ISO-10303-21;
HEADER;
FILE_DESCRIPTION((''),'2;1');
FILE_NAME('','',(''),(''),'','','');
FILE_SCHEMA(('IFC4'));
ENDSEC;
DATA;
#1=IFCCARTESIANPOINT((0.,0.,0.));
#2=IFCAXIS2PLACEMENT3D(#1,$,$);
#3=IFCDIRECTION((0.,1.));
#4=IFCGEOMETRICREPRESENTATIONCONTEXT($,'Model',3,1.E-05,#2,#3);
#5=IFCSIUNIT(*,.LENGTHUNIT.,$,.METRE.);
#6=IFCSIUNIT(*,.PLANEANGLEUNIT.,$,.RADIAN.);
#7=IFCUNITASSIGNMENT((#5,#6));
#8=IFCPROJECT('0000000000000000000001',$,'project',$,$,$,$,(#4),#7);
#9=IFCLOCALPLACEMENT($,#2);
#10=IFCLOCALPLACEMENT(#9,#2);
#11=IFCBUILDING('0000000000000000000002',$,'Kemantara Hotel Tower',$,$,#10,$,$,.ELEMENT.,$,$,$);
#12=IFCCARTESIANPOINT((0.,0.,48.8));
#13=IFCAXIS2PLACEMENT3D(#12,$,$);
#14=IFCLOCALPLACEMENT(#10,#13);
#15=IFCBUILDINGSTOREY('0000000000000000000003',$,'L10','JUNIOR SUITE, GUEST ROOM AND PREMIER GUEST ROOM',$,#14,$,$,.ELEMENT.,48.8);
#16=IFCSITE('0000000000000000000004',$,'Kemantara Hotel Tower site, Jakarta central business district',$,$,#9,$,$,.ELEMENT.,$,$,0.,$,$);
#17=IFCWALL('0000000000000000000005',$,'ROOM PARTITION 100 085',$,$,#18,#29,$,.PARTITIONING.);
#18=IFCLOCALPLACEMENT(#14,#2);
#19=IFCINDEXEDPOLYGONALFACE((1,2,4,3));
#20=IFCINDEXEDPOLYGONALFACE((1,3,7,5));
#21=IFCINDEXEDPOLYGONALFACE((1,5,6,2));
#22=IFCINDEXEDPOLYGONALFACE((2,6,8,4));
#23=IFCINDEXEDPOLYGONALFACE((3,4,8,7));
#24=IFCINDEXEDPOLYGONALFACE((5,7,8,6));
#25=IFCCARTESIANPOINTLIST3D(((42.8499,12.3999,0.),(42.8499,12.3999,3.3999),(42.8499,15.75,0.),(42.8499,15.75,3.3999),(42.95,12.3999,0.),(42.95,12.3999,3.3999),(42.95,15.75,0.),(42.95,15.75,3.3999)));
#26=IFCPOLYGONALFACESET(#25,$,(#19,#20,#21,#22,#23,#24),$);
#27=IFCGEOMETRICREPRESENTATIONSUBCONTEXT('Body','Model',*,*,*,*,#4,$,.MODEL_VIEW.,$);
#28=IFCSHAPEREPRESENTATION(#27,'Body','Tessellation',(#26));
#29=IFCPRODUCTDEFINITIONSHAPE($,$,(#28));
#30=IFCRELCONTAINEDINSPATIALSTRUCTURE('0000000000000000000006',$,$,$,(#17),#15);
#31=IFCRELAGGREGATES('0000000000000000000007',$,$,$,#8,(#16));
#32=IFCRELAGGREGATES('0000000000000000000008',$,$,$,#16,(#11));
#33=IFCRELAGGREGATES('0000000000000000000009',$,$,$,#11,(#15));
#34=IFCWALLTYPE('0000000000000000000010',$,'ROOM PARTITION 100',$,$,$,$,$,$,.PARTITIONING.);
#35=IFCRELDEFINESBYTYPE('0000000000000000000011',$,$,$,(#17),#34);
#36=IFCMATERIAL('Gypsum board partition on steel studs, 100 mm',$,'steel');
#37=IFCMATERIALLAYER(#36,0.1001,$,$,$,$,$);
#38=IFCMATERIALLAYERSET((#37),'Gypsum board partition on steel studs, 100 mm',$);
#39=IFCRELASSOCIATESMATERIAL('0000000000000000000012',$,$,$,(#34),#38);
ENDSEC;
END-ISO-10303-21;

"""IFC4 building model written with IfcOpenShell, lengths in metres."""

from ifc_helpers import new_model, si_unit, direction, frame, frame_2d, origin, place, context, subcontext, project, spatial, rectangle, extrude, material, layer, layer_set, type_object, element, save


model = new_model("IFC4")

# Units and contexts
model_context = context("Model", 3, precision=1e-05, world=origin(), true_north=direction((0.0, 1.0)))
body_context = subcontext(model_context, "Body", "Model", "MODEL_VIEW")
ifc_project = project(units=[si_unit("LENGTHUNIT", "METRE"), si_unit("PLANEANGLEUNIT", "RADIAN")], contexts=[model_context])

# Site, building, storey
site_placement = place(None, origin())
site = spatial("IfcSite", under=ifc_project, at=site_placement, Name="Kemantara Hotel Tower site, Jakarta central business district", CompositionType="ELEMENT", RefElevation=0.0)
building_placement = place(site_placement, origin())
building = spatial("IfcBuilding", under=site, at=building_placement, Name="Kemantara Hotel Tower", CompositionType="ELEMENT")
storey_placement = place(building_placement, frame((0.0, 0.0, 48.8)))
storey = spatial("IfcBuildingStorey", under=building, at=storey_placement, Name="L10", Description="JUNIOR SUITE, GUEST ROOM AND PREMIER GUEST ROOM", CompositionType="ELEMENT", Elevation=48.8)

# Shared definitions
ifc_material_1 = material(Name="Gypsum board partition on steel studs, 100 mm", Category="steel")
ifc_layer_1 = layer(ifc_material_1, 0.1001)
ifc_layer_set_1 = layer_set([ifc_layer_1], Name="Gypsum board partition on steel studs, 100 mm")
wall_type_1 = type_object("IfcWallType", Name="ROOM PARTITION 100", PredefinedType="PARTITIONING", material=ifc_layer_set_1)

# Wall
wall_1_placement = place(storey_placement, frame((42.8999, 12.3999, 0.0), z_axis=(0.0, 0.0, 1.0), x_axis=(0.0, 1.0, 0.0)))
element("IfcWall", 1, at=wall_1_placement, inside=storey, type_object=wall_type_1, Name="ROOM PARTITION 100 085", PredefinedType="PARTITIONING", context=body_context, shape_type="SweptSolid", body=[
    extrude(rectangle(XDim=3.3501, YDim=0.1001, at=frame_2d((1.675, 0.0))), origin(), (0.0, 0.0, 1.0), 3.3999),
])

save(model, "model.ifc")
